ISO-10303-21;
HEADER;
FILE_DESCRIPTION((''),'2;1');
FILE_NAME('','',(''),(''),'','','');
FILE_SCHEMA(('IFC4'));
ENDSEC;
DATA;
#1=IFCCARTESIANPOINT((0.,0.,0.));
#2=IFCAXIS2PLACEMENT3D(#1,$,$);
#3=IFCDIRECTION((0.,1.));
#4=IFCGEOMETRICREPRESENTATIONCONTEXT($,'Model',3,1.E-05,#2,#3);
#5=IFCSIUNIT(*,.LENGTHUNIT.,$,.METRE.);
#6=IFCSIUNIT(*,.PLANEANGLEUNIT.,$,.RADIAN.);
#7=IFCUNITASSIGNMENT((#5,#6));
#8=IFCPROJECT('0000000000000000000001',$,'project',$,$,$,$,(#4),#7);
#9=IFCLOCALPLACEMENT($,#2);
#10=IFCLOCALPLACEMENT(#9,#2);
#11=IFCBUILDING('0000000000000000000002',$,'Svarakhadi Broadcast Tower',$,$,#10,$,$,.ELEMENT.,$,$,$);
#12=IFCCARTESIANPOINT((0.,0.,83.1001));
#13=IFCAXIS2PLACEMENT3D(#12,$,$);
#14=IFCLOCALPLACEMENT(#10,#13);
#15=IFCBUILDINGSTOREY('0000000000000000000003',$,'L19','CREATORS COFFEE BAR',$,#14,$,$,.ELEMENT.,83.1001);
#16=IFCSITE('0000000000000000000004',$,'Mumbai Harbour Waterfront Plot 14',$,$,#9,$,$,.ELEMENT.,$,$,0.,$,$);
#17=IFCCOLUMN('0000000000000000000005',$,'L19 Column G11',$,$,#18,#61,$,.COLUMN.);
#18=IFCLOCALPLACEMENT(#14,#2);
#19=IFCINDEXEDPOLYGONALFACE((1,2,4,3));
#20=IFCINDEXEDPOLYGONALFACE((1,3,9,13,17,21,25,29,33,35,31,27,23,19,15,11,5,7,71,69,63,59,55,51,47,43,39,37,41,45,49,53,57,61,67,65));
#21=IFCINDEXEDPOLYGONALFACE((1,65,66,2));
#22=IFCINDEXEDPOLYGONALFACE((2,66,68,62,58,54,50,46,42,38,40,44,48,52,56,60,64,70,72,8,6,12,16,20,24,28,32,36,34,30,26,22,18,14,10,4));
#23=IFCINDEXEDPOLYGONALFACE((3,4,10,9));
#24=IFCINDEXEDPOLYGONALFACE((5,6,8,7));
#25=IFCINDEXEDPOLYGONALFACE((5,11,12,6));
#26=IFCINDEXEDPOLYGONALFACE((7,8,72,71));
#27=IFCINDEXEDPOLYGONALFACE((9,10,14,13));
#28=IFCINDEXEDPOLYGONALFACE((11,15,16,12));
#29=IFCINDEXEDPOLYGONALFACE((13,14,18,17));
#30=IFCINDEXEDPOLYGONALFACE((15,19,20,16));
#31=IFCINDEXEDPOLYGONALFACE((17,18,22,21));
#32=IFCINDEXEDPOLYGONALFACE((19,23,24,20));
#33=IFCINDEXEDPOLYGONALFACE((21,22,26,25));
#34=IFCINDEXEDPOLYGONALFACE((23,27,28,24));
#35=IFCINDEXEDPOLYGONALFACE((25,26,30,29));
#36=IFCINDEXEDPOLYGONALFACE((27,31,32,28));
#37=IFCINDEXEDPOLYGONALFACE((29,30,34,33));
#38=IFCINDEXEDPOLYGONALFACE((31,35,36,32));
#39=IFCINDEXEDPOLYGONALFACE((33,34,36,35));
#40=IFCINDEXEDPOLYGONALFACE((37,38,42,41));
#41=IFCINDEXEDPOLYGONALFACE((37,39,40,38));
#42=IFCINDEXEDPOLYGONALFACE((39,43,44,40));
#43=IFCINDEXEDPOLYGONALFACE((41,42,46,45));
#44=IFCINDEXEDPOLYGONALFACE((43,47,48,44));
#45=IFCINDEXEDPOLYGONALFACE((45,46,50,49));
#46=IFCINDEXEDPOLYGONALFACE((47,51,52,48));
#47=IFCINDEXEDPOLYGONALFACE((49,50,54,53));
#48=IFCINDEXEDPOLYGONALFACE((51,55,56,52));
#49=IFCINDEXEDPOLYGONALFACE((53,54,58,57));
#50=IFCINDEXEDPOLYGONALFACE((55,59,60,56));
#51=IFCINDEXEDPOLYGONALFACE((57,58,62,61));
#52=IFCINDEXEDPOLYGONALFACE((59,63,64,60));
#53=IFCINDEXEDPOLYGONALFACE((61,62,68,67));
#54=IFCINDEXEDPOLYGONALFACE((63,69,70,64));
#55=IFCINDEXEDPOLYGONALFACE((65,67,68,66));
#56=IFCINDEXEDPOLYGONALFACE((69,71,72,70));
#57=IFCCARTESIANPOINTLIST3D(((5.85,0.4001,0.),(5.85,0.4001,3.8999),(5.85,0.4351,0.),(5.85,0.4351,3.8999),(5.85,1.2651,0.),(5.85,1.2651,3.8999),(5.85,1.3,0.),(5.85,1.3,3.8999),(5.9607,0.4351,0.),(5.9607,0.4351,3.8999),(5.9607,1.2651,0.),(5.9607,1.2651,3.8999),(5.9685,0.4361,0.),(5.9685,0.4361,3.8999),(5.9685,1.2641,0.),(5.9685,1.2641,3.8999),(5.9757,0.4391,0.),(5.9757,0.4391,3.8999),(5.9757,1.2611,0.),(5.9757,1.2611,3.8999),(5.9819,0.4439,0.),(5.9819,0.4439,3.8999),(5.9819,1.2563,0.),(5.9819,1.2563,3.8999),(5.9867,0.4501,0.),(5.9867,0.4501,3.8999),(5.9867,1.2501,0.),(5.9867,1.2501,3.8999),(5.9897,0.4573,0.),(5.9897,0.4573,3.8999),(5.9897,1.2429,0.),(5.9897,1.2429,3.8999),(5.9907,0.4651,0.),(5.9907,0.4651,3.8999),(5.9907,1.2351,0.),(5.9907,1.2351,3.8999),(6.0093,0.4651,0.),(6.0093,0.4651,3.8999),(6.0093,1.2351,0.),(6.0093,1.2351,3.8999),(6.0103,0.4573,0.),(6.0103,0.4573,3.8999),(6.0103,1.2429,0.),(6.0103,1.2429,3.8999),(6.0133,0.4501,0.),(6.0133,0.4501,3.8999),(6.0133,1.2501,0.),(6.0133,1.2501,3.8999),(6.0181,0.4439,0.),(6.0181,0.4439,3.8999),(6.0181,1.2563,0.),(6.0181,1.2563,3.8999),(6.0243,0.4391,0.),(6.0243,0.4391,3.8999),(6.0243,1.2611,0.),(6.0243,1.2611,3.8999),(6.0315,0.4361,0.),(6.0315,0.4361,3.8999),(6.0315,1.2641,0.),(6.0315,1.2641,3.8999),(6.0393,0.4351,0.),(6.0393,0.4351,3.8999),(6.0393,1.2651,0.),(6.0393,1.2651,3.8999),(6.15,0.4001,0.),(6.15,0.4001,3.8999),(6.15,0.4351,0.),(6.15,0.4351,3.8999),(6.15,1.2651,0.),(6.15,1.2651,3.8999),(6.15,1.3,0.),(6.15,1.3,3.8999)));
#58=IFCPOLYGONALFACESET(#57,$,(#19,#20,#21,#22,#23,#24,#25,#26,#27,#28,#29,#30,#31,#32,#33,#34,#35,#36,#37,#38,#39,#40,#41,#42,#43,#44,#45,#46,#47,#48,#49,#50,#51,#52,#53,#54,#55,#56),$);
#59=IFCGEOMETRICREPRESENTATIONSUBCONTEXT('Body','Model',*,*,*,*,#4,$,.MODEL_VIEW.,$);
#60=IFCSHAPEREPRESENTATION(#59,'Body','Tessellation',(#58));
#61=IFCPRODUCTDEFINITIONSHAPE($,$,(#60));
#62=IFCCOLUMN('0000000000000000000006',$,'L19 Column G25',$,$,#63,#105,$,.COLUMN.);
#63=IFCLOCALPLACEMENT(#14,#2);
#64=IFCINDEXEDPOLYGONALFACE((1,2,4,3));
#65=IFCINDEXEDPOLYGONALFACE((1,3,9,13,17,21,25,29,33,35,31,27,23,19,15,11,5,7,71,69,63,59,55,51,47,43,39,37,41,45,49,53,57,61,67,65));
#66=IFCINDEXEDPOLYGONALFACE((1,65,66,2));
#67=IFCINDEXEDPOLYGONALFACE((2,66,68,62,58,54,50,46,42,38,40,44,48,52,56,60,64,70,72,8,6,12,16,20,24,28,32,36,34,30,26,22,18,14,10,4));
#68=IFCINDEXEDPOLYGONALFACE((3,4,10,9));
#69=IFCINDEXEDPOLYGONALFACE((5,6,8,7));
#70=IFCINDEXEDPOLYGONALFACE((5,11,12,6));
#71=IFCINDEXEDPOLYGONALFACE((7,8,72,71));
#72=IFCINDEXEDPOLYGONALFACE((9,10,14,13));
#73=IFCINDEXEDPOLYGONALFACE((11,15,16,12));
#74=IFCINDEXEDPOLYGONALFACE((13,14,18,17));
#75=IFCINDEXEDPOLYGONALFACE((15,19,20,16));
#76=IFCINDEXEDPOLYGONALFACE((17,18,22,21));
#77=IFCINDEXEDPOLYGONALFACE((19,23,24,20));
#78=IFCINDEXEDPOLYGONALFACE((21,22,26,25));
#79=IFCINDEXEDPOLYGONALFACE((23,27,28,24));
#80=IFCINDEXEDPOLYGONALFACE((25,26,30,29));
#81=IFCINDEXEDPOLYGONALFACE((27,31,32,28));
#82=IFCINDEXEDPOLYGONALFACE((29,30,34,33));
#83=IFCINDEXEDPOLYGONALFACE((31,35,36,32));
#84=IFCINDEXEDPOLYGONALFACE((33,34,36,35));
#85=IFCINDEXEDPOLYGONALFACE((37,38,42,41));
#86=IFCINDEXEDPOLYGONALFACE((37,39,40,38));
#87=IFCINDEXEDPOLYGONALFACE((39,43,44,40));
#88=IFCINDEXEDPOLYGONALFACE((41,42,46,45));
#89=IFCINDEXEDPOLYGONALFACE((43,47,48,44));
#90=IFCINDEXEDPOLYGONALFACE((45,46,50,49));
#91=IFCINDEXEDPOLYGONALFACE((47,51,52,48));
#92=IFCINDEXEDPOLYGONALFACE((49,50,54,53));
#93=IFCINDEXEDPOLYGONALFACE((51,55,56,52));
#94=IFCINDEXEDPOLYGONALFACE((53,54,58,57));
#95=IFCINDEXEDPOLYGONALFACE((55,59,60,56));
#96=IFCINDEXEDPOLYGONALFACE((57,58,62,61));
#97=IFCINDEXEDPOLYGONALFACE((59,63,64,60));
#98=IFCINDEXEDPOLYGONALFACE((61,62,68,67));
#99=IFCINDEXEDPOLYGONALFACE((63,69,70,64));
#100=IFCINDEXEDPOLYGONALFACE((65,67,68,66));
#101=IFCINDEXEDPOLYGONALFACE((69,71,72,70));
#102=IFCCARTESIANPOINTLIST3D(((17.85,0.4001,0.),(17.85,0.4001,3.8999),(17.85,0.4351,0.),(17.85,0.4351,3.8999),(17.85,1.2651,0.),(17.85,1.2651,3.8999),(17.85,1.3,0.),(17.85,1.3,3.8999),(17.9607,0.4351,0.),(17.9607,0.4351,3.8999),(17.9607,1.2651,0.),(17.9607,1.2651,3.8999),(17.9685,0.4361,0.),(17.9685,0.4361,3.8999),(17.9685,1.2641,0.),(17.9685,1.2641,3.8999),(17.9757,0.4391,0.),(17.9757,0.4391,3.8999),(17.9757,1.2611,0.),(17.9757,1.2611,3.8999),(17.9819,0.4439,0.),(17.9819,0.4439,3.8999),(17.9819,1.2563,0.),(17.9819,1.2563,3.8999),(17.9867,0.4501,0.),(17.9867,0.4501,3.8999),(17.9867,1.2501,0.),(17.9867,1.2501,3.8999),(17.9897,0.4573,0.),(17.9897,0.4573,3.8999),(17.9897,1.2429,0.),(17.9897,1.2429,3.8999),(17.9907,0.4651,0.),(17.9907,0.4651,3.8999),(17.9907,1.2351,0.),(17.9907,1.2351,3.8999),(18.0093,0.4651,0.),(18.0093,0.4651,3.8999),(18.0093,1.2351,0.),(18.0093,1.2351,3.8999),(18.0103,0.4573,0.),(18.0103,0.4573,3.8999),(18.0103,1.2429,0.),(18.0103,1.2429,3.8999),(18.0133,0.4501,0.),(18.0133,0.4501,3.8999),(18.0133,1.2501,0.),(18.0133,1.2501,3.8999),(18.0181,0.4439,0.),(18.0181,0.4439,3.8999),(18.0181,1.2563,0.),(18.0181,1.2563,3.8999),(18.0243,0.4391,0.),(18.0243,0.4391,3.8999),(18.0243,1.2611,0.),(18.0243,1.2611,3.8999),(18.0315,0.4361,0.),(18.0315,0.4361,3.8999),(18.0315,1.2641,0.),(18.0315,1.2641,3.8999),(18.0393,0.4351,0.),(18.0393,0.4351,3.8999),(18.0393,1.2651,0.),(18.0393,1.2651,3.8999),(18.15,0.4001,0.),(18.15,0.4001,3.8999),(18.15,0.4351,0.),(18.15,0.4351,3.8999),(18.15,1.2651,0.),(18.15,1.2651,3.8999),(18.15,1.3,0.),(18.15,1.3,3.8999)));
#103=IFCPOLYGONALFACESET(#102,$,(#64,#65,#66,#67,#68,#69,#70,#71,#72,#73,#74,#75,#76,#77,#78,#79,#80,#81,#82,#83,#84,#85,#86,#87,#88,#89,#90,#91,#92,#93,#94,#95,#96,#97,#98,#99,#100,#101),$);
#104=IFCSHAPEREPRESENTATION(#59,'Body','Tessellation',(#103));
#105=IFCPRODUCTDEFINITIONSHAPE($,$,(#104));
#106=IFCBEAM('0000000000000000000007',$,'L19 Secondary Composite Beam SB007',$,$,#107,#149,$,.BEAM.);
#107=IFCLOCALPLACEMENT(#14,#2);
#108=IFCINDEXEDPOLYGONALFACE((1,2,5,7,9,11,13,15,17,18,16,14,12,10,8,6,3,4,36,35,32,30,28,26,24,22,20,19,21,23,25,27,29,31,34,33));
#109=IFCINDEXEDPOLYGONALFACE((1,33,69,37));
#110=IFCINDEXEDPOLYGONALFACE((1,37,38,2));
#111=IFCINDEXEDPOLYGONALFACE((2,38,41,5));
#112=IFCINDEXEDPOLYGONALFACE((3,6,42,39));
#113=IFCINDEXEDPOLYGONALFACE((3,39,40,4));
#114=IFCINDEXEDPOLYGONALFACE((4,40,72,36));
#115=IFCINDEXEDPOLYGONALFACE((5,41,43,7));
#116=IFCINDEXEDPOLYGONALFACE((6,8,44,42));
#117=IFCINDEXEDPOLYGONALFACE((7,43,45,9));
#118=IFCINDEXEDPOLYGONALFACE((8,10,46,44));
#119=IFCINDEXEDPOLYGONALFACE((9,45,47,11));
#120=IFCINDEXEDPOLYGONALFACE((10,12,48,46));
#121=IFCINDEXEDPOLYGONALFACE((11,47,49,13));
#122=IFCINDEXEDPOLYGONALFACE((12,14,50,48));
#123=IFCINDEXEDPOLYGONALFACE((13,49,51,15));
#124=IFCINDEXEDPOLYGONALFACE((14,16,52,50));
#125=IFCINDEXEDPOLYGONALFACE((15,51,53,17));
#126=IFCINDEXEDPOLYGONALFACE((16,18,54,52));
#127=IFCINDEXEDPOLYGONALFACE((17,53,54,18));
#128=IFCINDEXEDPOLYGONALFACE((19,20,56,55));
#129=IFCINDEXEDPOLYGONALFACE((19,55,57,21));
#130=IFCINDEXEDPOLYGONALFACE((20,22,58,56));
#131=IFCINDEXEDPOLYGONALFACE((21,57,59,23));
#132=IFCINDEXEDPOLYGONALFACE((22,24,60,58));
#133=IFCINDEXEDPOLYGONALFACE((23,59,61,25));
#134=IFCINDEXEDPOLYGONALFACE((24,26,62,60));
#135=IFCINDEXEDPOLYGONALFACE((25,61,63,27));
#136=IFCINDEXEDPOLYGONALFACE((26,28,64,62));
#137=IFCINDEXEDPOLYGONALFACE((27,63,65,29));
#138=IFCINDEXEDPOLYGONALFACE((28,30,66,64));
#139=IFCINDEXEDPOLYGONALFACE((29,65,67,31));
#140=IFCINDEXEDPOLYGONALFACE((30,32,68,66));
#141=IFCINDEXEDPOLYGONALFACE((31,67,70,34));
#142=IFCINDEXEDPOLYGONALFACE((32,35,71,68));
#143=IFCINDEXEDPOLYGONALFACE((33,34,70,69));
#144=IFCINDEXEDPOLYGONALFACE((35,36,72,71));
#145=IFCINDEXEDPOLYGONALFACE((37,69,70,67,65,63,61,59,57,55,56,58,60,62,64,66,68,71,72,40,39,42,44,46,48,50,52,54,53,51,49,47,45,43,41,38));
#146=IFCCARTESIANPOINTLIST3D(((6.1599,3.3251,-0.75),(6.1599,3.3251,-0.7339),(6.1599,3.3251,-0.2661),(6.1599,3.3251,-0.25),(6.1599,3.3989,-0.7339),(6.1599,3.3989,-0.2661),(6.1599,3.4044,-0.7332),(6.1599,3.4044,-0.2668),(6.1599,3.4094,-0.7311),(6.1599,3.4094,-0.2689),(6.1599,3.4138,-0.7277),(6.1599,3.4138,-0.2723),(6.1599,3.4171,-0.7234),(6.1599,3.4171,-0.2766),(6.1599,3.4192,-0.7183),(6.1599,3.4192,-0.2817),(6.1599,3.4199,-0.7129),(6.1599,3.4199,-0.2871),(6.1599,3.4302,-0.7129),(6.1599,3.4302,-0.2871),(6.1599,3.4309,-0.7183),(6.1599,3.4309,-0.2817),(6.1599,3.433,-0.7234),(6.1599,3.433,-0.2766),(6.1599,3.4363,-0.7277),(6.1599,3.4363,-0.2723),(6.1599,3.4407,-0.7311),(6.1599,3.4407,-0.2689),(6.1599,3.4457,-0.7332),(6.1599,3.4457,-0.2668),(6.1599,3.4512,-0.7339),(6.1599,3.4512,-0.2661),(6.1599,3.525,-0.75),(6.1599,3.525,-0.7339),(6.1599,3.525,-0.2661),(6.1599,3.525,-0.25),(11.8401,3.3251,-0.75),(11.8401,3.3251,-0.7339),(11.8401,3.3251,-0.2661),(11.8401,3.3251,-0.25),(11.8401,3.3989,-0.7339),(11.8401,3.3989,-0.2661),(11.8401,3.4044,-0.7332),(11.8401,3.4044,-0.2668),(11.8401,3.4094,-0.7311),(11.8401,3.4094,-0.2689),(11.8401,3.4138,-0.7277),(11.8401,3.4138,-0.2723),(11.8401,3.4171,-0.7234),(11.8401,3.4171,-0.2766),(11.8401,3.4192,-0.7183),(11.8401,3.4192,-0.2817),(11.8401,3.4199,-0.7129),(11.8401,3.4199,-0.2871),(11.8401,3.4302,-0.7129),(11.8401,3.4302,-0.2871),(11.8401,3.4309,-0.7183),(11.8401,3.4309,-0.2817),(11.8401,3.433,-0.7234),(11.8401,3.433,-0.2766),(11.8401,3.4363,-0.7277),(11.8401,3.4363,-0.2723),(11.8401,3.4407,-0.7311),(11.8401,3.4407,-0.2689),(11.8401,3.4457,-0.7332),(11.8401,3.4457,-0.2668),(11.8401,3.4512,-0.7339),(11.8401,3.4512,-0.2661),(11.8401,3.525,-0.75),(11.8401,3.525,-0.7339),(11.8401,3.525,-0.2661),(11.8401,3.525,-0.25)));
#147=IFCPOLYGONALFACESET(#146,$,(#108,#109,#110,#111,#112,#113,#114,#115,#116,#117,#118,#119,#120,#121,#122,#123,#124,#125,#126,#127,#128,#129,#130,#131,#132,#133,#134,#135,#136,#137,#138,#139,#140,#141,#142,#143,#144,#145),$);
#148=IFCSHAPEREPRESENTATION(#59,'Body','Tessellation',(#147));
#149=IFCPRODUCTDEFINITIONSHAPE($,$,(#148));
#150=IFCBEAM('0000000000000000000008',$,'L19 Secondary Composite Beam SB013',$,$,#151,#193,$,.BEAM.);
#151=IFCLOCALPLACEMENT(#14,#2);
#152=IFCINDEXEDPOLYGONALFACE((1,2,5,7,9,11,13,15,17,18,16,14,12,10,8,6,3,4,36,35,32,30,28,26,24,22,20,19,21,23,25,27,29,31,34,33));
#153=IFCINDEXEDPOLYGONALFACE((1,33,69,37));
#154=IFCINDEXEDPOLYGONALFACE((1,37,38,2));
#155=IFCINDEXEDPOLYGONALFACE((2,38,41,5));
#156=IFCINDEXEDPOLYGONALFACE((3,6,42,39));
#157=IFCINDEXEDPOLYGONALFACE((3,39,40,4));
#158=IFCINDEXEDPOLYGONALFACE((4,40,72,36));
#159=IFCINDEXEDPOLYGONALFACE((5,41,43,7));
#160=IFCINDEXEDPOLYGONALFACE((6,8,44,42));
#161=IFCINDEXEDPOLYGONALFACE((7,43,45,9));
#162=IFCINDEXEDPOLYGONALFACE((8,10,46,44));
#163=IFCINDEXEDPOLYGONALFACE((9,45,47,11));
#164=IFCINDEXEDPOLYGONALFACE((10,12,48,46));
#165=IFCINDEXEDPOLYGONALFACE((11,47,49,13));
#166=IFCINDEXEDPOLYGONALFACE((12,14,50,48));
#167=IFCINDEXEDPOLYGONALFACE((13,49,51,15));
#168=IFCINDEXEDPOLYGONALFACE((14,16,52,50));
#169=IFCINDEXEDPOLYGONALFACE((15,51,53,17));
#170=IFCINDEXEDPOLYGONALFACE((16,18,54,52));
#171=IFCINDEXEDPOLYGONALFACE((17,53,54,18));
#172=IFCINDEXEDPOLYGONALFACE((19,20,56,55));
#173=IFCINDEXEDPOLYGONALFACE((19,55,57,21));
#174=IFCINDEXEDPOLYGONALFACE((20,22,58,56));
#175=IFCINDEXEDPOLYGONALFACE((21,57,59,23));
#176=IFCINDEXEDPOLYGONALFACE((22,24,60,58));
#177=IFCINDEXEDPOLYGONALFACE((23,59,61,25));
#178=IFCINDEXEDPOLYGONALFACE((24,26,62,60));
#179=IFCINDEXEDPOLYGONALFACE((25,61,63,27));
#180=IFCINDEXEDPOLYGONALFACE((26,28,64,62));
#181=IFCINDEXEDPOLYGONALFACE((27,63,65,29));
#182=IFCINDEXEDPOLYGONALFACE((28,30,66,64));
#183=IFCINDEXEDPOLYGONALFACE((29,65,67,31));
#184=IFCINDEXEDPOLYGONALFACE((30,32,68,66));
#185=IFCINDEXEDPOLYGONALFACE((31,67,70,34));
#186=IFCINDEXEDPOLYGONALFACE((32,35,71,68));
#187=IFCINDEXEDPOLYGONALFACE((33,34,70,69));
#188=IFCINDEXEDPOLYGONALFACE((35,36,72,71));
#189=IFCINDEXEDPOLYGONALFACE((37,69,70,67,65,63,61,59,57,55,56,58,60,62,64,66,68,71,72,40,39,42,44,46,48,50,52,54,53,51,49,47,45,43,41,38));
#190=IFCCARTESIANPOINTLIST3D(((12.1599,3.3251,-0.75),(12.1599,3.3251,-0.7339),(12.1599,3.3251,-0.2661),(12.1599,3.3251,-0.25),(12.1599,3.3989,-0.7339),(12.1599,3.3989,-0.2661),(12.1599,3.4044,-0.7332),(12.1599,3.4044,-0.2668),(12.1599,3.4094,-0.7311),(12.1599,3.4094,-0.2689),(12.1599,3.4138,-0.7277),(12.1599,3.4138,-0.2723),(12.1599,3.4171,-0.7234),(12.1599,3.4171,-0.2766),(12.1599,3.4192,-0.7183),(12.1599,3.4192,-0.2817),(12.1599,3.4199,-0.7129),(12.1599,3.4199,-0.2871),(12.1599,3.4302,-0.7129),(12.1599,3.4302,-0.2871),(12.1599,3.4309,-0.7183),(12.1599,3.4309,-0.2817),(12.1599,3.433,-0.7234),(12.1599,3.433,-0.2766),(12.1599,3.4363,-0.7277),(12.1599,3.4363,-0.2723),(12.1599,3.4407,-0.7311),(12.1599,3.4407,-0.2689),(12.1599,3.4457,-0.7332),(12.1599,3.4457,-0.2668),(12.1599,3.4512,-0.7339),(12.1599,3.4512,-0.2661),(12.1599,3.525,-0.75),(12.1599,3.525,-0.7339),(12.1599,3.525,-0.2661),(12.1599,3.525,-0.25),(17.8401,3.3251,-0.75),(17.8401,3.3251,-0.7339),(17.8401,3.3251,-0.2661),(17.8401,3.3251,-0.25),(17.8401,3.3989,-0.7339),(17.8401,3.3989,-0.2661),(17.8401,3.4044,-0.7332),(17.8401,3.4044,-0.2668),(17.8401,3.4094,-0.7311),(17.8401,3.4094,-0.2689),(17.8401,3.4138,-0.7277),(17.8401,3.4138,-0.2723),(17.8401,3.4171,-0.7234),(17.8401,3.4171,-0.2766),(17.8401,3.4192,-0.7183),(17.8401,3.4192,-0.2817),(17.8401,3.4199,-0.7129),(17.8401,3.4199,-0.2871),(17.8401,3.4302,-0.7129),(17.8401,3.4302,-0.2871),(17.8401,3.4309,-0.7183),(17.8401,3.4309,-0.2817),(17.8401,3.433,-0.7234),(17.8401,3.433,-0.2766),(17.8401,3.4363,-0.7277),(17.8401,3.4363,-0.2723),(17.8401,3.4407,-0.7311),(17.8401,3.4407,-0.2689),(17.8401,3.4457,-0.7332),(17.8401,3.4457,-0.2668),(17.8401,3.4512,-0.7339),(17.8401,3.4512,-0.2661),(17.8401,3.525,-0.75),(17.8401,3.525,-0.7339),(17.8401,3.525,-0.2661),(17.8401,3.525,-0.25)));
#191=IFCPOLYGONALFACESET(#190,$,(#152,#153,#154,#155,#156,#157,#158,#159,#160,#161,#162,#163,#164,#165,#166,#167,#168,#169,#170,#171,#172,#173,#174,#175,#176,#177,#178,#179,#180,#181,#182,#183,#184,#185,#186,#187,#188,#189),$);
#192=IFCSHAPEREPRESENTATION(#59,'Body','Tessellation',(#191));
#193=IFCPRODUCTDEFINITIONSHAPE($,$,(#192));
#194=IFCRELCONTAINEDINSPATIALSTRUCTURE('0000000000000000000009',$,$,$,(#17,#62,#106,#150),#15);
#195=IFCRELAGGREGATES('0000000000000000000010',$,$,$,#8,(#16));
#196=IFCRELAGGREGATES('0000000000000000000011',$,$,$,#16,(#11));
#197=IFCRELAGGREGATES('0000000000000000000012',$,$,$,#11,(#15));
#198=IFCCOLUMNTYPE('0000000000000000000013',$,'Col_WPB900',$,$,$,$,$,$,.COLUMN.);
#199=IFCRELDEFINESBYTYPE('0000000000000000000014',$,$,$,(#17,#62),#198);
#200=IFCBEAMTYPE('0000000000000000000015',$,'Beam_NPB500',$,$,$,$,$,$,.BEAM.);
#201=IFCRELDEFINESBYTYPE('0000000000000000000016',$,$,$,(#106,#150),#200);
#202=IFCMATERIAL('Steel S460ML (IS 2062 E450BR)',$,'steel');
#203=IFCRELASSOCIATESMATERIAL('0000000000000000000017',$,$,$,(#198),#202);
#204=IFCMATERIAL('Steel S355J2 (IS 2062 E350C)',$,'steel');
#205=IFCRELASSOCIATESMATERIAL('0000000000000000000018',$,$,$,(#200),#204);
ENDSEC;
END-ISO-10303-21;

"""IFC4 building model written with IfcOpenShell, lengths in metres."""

from ifc_helpers import new_model, si_unit, direction, frame, origin, origin_2d, place, context, subcontext, project, spatial, i_section, extrude, material, material_profile, profile_set, type_object, element, save


model = new_model("IFC4")

# Units and contexts
model_context = context("Model", 3, precision=1e-05, world=origin(), true_north=direction((0.0, 1.0)))
body_context = subcontext(model_context, "Body", "Model", "MODEL_VIEW")
ifc_project = project(units=[si_unit("LENGTHUNIT", "METRE"), si_unit("PLANEANGLEUNIT", "RADIAN")], contexts=[model_context])

# Site, building, storey
site_placement = place(None, origin())
site = spatial("IfcSite", under=ifc_project, at=site_placement, Name="Mumbai Harbour Waterfront Plot 14", CompositionType="ELEMENT", RefElevation=0.0)
building_placement = place(site_placement, origin())
building = spatial("IfcBuilding", under=site, at=building_placement, Name="Svarakhadi Broadcast Tower", CompositionType="ELEMENT")
storey_placement = place(building_placement, frame((0.0, 0.0, 83.1001)))
storey = spatial("IfcBuildingStorey", under=building, at=storey_placement, Name="L19", Description="CREATORS COFFEE BAR", CompositionType="ELEMENT", Elevation=83.1001)

# Columns
ifc_material_1 = material(Name="Steel S460ML (IS 2062 E450BR)", Category="steel")
ifc_material_profile_1 = material_profile(ifc_material_1, i_section(OverallWidth=0.3, OverallDepth=0.8999, WebThickness=0.0186, FlangeThickness=0.0349, FilletRadius=0.03, at=origin_2d()), Name="WPB 900x300x291")
ifc_profile_set_1 = profile_set([ifc_material_profile_1], Name="Steel S460ML (IS 2062 E450BR)")
column_type_1 = type_object("IfcColumnType", Name="Col_WPB900", PredefinedType="COLUMN", material=ifc_profile_set_1)
for number, where, z_axis, x_axis, name in (
    (1, (6.0, 0.8501, 0.0), (0.0, 0.0, 1.0), (1.0, 0.0, 0.0), "L19 Column G11"),
    (2, (18.0, 0.8501, 0.0), (0.0, 0.0, 1.0), (1.0, 0.0, 0.0), "L19 Column G25"),
):
    element("IfcColumn", number, at=place(storey_placement, frame(where, z_axis=z_axis, x_axis=x_axis)), inside=storey, type_object=column_type_1, Name=name, PredefinedType="COLUMN", context=body_context, shape_type="SweptSolid", body=[
        extrude(i_section(OverallWidth=0.3, OverallDepth=0.8999, WebThickness=0.0186, FlangeThickness=0.0349, FilletRadius=0.03, at=origin_2d()), origin(), (0.0, 0.0, 1.0), 3.8999),
    ])

# Beams
ifc_material_2 = material(Name="Steel S355J2 (IS 2062 E350C)", Category="steel")
ifc_material_profile_2 = material_profile(ifc_material_2, i_section(OverallWidth=0.2, OverallDepth=0.5, WebThickness=0.0103, FlangeThickness=0.0161, FilletRadius=0.021, at=origin_2d()), Name="NPB 500x200x91")
ifc_profile_set_2 = profile_set([ifc_material_profile_2], Name="Steel S355J2 (IS 2062 E350C)")
beam_type_1 = type_object("IfcBeamType", Name="Beam_NPB500", PredefinedType="BEAM", material=ifc_profile_set_2)
for number, where, z_axis, x_axis, name in (
    (3, (6.1599, 3.425, -0.5), (1.0, 0.0, 0.0), (0.0, 1.0, 0.0), "L19 Secondary Composite Beam SB007"),
    (4, (12.1599, 3.425, -0.5), (1.0, 0.0, 0.0), (0.0, 1.0, 0.0), "L19 Secondary Composite Beam SB013"),
):
    element("IfcBeam", number, at=place(storey_placement, frame(where, z_axis=z_axis, x_axis=x_axis)), inside=storey, type_object=beam_type_1, Name=name, PredefinedType="BEAM", context=body_context, shape_type="SweptSolid", body=[
        extrude(i_section(OverallWidth=0.2, OverallDepth=0.5, WebThickness=0.0103, FlangeThickness=0.0161, FilletRadius=0.021, at=origin_2d()), origin(), (0.0, 0.0, 1.0), 5.6802),
    ])

save(model, "model.ifc")
